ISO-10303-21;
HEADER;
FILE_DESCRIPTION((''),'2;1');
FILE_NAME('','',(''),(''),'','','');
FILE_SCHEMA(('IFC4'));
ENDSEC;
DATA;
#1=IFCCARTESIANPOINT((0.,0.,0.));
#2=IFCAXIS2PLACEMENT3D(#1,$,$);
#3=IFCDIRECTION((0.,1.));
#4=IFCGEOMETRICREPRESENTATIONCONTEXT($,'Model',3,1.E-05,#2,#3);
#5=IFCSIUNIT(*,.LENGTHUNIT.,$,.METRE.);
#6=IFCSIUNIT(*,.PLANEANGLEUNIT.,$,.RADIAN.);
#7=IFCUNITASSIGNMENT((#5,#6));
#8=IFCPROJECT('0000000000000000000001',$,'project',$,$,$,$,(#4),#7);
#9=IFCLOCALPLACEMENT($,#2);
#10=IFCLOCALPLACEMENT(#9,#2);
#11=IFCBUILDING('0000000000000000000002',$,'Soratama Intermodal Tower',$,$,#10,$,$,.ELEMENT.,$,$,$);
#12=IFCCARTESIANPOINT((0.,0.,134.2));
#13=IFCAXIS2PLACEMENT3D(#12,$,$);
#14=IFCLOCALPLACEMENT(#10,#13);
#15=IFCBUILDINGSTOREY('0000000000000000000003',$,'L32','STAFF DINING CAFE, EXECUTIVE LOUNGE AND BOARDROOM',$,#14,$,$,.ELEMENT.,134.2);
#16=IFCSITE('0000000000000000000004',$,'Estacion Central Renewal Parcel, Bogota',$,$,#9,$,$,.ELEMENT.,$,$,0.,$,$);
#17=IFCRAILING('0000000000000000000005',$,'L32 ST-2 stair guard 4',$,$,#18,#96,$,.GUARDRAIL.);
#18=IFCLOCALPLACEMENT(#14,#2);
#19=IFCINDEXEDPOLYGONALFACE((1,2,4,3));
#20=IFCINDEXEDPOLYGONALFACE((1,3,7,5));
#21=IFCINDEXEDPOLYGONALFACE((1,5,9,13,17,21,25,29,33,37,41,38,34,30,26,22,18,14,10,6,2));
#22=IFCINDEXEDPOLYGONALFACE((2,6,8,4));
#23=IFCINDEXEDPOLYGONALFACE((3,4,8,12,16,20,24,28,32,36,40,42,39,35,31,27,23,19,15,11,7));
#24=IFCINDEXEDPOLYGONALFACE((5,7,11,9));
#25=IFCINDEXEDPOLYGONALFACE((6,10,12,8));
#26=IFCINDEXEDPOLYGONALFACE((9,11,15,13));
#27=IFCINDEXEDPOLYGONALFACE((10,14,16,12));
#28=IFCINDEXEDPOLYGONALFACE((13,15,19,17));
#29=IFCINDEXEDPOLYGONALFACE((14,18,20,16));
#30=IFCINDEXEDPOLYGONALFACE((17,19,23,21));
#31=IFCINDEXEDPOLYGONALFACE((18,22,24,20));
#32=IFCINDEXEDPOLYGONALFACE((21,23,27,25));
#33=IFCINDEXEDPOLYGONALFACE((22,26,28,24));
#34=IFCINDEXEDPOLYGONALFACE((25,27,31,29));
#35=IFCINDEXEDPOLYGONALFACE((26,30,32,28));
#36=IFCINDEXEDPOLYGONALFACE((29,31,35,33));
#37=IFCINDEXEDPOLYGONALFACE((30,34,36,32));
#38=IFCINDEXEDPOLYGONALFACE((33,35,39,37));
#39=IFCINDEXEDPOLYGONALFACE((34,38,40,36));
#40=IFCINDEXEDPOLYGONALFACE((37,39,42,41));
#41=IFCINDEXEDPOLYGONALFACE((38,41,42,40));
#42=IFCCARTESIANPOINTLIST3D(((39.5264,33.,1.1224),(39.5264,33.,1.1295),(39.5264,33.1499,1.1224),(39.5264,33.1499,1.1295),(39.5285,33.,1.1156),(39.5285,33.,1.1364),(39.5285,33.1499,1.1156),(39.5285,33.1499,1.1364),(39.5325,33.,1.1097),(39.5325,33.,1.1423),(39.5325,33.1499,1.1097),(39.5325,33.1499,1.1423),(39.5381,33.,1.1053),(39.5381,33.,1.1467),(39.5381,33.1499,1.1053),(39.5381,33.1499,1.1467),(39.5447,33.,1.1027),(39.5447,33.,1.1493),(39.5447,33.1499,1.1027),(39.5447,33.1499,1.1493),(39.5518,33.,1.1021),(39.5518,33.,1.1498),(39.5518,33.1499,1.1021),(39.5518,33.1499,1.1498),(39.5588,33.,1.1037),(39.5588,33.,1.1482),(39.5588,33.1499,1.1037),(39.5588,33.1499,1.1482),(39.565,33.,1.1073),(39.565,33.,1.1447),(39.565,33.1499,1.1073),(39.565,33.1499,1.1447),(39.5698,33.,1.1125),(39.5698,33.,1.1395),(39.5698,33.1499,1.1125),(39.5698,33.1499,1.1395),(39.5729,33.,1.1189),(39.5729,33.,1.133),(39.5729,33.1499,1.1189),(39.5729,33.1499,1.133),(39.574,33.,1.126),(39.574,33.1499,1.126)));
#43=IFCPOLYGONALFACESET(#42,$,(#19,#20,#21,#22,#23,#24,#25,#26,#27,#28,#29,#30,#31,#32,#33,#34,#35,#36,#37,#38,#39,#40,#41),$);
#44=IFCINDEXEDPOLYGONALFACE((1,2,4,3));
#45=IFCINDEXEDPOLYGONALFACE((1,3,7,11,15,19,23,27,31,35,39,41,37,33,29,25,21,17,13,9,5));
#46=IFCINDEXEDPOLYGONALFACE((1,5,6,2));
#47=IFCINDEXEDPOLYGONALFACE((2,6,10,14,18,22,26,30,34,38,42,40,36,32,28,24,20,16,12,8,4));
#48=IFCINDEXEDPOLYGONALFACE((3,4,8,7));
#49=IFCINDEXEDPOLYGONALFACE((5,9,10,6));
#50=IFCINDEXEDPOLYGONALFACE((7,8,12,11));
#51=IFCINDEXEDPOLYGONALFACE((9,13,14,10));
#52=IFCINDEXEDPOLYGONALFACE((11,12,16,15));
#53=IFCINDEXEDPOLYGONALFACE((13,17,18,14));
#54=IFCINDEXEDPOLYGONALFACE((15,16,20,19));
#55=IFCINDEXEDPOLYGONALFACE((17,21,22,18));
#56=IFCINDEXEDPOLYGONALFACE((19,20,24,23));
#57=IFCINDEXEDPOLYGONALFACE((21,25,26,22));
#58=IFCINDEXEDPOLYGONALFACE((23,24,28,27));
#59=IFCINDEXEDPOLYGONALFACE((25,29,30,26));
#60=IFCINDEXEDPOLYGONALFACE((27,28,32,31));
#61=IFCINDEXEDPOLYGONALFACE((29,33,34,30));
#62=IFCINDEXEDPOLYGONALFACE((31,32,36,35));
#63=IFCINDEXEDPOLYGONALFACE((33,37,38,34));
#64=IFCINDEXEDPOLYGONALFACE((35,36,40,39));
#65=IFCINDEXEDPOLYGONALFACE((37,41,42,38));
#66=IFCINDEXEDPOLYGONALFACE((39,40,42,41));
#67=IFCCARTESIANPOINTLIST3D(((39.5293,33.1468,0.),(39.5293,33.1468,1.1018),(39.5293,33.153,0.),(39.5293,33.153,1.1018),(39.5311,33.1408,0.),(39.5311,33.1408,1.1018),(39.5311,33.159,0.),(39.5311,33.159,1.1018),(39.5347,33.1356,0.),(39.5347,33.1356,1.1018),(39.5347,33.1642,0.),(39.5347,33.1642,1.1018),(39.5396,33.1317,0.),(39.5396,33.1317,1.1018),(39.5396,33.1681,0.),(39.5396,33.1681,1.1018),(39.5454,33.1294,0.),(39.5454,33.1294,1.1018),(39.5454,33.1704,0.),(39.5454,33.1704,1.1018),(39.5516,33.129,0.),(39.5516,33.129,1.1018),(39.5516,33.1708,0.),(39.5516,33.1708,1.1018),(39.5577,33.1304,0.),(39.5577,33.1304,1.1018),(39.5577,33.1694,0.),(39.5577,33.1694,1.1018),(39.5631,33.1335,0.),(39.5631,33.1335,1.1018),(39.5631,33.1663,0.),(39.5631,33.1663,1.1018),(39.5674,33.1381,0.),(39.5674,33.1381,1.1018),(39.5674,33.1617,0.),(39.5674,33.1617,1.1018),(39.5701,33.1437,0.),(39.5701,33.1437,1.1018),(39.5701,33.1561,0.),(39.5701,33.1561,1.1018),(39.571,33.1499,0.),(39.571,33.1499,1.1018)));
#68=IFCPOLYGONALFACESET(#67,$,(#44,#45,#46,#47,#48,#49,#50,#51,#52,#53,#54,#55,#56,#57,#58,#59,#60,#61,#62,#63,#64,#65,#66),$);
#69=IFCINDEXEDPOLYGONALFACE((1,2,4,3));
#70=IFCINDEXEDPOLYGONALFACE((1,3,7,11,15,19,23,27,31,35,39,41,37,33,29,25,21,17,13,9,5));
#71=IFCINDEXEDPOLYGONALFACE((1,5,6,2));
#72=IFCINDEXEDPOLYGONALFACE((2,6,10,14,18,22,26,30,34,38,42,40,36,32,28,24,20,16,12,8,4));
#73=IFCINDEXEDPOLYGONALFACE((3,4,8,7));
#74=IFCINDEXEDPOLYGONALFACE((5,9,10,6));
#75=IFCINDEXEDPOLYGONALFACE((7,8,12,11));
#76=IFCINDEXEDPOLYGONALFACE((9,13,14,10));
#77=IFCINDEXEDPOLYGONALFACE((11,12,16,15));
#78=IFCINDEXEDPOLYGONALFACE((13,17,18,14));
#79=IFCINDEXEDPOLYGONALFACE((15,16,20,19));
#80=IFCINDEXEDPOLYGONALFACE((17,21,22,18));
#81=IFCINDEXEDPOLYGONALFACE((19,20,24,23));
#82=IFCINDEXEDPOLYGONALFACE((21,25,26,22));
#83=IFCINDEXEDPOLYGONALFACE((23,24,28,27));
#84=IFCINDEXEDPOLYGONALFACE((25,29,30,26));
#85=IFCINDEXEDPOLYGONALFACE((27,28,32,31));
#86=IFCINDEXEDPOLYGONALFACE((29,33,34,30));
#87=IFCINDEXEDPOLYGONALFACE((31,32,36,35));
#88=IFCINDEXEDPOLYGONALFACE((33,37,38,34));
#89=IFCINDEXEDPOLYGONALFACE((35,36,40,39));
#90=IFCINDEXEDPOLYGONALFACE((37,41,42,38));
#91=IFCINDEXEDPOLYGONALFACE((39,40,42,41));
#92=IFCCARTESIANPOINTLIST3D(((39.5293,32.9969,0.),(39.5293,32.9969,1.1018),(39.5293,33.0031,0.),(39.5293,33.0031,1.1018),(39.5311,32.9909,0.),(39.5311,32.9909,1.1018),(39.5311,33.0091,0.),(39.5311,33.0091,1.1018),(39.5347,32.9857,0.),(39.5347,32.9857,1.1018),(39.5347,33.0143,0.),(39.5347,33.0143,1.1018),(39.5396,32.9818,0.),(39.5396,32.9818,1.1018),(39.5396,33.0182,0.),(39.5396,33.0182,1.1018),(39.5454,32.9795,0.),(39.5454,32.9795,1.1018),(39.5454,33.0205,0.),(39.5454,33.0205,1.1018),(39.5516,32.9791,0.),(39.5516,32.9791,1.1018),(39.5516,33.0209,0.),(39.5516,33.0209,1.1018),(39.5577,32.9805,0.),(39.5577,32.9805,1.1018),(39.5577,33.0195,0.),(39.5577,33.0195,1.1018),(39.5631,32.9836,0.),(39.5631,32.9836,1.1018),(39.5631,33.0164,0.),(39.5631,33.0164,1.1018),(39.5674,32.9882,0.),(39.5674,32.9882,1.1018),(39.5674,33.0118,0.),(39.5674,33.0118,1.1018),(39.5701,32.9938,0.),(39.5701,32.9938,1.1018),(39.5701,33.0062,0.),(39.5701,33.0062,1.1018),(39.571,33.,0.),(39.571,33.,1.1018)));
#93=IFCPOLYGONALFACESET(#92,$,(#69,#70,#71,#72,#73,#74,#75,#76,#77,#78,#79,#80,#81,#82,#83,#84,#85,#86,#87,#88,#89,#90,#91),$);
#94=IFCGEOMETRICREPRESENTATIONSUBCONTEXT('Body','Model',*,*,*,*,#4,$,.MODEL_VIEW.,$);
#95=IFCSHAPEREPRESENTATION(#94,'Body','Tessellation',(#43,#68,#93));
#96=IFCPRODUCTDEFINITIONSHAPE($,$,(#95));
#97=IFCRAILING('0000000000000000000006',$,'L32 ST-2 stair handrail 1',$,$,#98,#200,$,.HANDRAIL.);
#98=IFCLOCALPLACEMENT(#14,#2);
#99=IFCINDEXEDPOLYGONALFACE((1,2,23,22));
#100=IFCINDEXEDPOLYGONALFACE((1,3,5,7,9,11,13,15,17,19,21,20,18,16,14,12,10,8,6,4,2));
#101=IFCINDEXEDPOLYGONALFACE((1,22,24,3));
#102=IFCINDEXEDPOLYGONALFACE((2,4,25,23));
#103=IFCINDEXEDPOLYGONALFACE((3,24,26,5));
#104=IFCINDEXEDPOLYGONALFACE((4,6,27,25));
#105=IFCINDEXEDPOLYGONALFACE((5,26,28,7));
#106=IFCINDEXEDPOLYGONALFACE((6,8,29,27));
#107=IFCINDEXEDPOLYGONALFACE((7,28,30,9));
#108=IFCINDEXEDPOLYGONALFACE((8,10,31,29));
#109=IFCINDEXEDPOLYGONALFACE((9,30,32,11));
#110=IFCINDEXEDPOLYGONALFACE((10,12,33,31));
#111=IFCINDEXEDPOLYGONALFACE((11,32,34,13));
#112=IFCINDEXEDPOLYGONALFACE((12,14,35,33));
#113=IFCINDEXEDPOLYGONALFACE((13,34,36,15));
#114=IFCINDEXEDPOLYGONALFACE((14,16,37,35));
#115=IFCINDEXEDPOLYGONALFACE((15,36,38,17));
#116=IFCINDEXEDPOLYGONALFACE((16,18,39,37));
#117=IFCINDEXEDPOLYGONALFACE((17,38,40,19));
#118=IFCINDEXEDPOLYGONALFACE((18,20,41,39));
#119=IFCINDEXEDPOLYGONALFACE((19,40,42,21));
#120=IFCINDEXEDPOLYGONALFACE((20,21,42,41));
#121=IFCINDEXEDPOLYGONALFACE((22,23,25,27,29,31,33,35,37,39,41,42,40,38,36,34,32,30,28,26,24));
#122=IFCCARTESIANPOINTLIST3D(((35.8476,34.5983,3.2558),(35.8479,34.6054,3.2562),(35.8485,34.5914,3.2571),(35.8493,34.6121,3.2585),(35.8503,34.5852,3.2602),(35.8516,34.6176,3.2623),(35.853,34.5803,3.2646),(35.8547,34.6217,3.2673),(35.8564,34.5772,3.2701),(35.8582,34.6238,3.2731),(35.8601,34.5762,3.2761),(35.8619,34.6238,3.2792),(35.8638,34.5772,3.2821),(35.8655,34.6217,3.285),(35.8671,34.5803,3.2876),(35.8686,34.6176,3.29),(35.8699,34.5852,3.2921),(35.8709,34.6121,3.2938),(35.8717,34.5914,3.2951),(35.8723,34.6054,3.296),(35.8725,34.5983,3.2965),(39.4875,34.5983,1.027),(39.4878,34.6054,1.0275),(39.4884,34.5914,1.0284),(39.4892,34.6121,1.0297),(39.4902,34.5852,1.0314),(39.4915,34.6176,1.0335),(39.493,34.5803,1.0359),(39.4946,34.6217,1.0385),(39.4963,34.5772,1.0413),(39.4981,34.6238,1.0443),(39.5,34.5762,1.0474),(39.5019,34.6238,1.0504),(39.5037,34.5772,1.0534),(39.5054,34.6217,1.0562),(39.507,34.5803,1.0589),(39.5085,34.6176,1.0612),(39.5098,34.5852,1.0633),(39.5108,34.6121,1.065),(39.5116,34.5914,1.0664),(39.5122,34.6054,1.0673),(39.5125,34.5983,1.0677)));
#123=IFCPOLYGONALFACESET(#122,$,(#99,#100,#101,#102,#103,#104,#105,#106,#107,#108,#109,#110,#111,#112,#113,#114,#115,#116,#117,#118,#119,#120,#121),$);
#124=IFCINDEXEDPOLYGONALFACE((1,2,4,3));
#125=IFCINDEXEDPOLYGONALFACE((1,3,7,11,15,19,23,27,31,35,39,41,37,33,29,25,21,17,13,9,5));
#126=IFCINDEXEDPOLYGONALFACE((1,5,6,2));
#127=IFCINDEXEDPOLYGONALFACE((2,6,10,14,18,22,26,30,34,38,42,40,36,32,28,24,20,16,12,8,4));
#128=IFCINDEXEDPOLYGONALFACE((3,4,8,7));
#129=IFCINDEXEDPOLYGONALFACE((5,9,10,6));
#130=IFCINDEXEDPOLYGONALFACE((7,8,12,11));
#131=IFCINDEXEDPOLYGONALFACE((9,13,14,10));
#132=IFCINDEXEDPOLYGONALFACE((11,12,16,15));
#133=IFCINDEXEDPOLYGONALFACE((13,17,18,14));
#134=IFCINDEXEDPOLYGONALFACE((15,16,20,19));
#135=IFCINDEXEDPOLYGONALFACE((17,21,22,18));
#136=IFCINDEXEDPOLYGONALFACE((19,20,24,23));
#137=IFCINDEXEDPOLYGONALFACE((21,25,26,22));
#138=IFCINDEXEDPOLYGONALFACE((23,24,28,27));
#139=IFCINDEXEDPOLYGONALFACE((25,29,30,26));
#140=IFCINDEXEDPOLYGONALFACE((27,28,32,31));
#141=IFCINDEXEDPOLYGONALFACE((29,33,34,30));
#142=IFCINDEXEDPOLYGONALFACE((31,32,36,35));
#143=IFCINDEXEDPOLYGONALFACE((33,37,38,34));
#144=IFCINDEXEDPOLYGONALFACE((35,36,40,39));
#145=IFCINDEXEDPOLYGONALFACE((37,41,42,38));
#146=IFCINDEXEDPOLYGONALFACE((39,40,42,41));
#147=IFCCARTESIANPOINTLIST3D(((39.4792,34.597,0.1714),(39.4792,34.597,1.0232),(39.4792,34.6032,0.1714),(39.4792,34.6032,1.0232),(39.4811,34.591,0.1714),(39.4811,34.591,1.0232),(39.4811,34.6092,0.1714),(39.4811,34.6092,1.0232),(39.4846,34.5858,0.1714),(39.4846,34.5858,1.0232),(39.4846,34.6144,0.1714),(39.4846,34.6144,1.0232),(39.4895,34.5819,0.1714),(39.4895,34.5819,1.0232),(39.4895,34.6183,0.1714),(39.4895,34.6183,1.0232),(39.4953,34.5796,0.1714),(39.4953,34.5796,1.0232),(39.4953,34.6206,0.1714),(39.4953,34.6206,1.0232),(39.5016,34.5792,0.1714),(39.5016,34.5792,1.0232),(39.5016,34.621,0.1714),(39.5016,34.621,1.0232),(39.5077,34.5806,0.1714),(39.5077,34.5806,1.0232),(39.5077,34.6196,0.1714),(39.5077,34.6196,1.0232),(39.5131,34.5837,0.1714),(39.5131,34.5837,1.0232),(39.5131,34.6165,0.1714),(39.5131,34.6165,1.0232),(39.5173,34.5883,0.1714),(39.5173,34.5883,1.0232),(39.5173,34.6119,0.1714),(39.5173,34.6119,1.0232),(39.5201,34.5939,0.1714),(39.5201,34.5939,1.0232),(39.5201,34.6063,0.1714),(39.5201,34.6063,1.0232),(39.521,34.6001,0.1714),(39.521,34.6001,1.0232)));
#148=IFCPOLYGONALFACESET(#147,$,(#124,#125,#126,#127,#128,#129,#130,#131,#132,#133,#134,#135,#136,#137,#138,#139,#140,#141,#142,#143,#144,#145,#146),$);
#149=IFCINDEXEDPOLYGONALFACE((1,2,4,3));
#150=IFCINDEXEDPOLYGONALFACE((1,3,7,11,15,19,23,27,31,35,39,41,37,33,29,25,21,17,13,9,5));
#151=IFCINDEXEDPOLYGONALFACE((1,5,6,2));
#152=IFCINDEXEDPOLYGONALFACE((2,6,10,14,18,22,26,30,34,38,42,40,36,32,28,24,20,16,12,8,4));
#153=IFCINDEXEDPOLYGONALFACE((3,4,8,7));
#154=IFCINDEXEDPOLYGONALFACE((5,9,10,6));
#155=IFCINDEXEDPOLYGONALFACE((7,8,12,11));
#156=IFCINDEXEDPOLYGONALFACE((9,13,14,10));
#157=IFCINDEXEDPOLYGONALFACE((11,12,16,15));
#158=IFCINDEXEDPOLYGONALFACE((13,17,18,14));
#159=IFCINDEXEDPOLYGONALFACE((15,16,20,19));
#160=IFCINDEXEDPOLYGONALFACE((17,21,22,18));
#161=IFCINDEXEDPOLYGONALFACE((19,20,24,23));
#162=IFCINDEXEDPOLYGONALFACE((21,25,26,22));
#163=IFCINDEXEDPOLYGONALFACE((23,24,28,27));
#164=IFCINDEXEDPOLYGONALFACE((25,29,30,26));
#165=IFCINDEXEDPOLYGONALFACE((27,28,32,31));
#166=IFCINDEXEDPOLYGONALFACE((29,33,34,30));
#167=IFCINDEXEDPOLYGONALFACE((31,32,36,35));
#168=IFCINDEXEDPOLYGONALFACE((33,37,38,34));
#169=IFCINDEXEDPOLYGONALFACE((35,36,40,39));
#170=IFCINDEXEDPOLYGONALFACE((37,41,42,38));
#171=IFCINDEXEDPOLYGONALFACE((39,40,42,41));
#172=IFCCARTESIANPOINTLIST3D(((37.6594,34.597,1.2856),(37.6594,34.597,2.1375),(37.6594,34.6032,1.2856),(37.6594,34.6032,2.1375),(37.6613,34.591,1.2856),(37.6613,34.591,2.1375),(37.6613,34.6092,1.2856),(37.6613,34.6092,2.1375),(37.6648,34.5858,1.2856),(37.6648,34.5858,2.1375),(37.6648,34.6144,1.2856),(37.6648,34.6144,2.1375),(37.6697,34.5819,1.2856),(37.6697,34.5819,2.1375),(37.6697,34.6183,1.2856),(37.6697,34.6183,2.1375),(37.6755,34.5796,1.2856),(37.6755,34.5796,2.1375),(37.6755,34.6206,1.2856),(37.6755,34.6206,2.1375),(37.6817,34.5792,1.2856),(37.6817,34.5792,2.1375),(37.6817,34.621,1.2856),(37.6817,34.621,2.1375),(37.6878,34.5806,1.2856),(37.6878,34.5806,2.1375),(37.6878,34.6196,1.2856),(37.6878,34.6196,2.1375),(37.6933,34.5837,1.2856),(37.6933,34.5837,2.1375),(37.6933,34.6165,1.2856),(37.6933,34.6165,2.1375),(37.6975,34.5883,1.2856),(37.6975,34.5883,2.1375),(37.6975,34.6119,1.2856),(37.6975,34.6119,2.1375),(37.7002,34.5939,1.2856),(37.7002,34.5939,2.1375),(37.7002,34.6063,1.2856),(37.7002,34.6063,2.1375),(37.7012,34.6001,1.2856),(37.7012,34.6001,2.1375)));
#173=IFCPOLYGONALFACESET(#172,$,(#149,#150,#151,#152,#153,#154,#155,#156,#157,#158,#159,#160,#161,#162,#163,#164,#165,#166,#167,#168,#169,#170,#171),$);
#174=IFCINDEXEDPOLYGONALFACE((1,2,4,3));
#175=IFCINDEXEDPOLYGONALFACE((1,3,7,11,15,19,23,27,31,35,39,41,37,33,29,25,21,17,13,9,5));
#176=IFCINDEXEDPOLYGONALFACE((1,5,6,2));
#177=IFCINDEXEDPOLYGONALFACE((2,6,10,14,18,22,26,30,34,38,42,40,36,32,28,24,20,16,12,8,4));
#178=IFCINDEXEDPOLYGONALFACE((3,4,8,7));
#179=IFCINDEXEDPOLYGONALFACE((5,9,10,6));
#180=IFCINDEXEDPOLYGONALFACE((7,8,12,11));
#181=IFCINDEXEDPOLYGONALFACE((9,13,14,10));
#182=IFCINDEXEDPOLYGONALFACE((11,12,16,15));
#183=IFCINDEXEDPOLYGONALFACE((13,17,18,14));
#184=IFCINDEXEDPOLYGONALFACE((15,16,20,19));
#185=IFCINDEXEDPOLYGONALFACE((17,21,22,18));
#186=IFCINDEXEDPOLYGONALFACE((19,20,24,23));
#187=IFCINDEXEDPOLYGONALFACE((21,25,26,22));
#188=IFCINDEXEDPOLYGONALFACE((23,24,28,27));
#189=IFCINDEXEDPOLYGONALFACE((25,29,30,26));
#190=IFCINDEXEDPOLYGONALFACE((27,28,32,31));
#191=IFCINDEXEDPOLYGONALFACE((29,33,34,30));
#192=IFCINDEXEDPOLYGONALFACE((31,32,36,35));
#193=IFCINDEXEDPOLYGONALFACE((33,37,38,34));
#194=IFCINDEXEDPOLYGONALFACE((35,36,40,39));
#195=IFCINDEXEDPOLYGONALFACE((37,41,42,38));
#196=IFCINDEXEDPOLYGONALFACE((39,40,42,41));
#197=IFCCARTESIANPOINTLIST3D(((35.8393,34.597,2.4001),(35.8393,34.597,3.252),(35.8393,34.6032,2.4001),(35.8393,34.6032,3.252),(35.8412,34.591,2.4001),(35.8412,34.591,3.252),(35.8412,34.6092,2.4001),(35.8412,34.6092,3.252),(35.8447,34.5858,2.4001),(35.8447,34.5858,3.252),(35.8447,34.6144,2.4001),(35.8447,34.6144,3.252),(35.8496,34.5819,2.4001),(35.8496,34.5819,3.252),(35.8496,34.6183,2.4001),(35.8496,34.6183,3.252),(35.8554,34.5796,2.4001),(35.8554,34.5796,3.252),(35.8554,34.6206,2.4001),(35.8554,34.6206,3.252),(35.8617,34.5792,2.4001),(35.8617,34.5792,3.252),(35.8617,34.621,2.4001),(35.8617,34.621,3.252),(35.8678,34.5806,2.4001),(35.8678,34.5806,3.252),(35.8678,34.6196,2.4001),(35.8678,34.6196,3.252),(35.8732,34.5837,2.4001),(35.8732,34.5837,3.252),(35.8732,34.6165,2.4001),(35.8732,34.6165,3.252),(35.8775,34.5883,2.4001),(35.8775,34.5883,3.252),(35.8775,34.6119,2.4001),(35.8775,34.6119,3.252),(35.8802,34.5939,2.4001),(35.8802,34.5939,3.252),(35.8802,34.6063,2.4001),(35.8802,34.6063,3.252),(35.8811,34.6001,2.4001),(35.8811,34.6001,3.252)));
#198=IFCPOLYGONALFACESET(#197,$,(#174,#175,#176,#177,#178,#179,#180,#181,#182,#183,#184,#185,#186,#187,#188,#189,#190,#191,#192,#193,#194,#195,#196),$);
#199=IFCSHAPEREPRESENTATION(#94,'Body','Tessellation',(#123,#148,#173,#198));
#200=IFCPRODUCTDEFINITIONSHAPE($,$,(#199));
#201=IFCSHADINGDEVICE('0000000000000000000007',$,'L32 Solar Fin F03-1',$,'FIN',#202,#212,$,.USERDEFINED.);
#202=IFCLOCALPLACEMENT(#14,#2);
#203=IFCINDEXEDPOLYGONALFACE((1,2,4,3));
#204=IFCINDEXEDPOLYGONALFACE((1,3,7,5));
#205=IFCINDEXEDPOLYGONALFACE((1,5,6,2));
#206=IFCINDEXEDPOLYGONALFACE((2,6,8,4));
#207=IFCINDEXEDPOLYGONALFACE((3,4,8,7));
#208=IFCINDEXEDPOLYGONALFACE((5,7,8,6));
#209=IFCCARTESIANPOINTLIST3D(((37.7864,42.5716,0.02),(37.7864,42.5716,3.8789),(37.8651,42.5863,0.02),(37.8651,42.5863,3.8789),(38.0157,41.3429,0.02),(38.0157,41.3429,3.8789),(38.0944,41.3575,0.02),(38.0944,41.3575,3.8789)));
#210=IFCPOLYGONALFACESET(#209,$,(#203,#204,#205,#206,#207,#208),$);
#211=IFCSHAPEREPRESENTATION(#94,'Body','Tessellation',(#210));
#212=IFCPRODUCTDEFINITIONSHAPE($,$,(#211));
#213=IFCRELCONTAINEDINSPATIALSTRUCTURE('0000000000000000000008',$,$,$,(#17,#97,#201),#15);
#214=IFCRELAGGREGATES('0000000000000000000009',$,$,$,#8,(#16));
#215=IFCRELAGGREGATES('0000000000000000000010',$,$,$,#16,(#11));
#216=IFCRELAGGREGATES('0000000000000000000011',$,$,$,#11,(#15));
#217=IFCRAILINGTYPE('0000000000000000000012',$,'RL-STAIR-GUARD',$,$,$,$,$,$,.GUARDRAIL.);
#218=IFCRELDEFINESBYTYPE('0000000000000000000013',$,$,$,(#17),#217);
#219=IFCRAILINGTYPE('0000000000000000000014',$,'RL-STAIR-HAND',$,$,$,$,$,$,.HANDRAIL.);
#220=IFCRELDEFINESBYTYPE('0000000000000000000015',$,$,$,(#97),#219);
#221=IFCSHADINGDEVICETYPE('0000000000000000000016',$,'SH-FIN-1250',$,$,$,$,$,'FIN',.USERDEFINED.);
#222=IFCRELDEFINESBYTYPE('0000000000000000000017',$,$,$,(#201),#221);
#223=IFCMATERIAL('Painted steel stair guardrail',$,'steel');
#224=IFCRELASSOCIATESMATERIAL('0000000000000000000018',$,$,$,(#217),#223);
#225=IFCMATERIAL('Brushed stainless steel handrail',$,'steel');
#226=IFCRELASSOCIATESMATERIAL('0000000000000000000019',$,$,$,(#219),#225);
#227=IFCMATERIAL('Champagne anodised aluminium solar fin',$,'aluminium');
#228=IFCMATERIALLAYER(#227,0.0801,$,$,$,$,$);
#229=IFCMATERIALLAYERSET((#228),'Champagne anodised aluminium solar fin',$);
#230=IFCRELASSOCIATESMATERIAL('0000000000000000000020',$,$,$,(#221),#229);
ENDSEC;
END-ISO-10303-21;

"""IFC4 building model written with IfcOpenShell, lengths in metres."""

from ifc_helpers import new_model, si_unit, direction, frame, origin, origin_2d, place, context, subcontext, project, spatial, rectangle, circle, extrude, material, layer, layer_set, type_object, element, save


model = new_model("IFC4")

# Units and contexts
model_context = context("Model", 3, precision=1e-05, world=origin(), true_north=direction((0.0, 1.0)))
body_context = subcontext(model_context, "Body", "Model", "MODEL_VIEW")
ifc_project = project(units=[si_unit("LENGTHUNIT", "METRE"), si_unit("PLANEANGLEUNIT", "RADIAN")], contexts=[model_context])

# Site, building, storey
site_placement = place(None, origin())
site = spatial("IfcSite", under=ifc_project, at=site_placement, Name="Estacion Central Renewal Parcel, Bogota", CompositionType="ELEMENT", RefElevation=0.0)
building_placement = place(site_placement, origin())
building = spatial("IfcBuilding", under=site, at=building_placement, Name="Soratama Intermodal Tower", CompositionType="ELEMENT")
storey_placement = place(building_placement, frame((0.0, 0.0, 134.2)))
storey = spatial("IfcBuildingStorey", under=building, at=storey_placement, Name="L32", Description="STAFF DINING CAFE, EXECUTIVE LOUNGE AND BOARDROOM", CompositionType="ELEMENT", Elevation=134.2)

# Railings
ifc_material_1 = material(Name="Painted steel stair guardrail", Category="steel")
railing_type_1 = type_object("IfcRailingType", Name="RL-STAIR-GUARD", PredefinedType="GUARDRAIL", material=ifc_material_1)
railing_1_placement = place(storey_placement, frame((39.55, 33.1499, 0.0)))
element("IfcRailing", 1, at=railing_1_placement, inside=storey, type_object=railing_type_1, Name="L32 ST-2 stair guard 4", PredefinedType="GUARDRAIL", context=body_context, shape_type="SweptSolid", body=[
    extrude(circle(Radius=0.0239, at=origin_2d()), frame((0.0, 0.0, 1.126), z_axis=(0.0, -1.0, 0.0), x_axis=(1.0, 0.0, 0.0)), (0.0, 0.0, 1.0), 0.1499),
    extrude(circle(Radius=0.021, at=origin_2d()), origin(), (0.0, 0.0, 1.0), 1.1018),
    extrude(circle(Radius=0.021, at=origin_2d()), frame((0.0, -0.1499, 0.0)), (0.0, 0.0, 1.0), 1.1018),
])
ifc_material_2 = material(Name="Brushed stainless steel handrail", Category="steel")
railing_type_2 = type_object("IfcRailingType", Name="RL-STAIR-HAND", PredefinedType="HANDRAIL", material=ifc_material_2)
railing_2_placement = place(storey_placement, frame((39.5, 34.6001, 0.1714)))
element("IfcRailing", 2, at=railing_2_placement, inside=storey, type_object=railing_type_2, Name="L32 ST-2 stair handrail 1", PredefinedType="HANDRAIL", context=body_context, shape_type="SweptSolid", body=[
    extrude(circle(Radius=0.0239, at=origin_2d()), frame((0.0, 0.0, 0.876), z_axis=(-0.852825, 0.0, 0.522197), x_axis=(0.0, -1.0, 0.0)), (0.0, 0.0, 1.0), 4.2681),
    extrude(circle(Radius=0.021, at=origin_2d()), origin(), (0.0, 0.0, 1.0), 0.8518),
    extrude(circle(Radius=0.021, at=origin_2d()), frame((-1.8198, 0.0, 1.1143)), (0.0, 0.0, 1.0), 0.8518),
    extrude(circle(Radius=0.021, at=origin_2d()), frame((-3.6399, 0.0, 2.2288)), (0.0, 0.0, 1.0), 0.8518),
])

# Shading device
ifc_material_3 = material(Name="Champagne anodised aluminium solar fin", Category="aluminium")
ifc_layer_1 = layer(ifc_material_3, 0.0801)
ifc_layer_set_1 = layer_set([ifc_layer_1], Name="Champagne anodised aluminium solar fin")
shading_device_type = type_object("IfcShadingDeviceType", Name="SH-FIN-1250", ElementType="FIN", PredefinedType="USERDEFINED", material=ifc_layer_set_1)
shading_device_placement = place(storey_placement, frame((37.9404, 41.9646, 0.02), z_axis=(0.0, 0.0, 1.0), x_axis=(-0.183437, 0.983032, 0.0)))
element("IfcShadingDevice", 3, at=shading_device_placement, inside=storey, type_object=shading_device_type, Name="L32 Solar Fin F03-1", ObjectType="FIN", PredefinedType="USERDEFINED", context=body_context, shape_type="SweptSolid", body=[
    extrude(rectangle(XDim=1.25, YDim=0.0801, at=origin_2d()), origin(), (0.0, 0.0, 1.0), 3.8589),
])

save(model, "model.ifc")
